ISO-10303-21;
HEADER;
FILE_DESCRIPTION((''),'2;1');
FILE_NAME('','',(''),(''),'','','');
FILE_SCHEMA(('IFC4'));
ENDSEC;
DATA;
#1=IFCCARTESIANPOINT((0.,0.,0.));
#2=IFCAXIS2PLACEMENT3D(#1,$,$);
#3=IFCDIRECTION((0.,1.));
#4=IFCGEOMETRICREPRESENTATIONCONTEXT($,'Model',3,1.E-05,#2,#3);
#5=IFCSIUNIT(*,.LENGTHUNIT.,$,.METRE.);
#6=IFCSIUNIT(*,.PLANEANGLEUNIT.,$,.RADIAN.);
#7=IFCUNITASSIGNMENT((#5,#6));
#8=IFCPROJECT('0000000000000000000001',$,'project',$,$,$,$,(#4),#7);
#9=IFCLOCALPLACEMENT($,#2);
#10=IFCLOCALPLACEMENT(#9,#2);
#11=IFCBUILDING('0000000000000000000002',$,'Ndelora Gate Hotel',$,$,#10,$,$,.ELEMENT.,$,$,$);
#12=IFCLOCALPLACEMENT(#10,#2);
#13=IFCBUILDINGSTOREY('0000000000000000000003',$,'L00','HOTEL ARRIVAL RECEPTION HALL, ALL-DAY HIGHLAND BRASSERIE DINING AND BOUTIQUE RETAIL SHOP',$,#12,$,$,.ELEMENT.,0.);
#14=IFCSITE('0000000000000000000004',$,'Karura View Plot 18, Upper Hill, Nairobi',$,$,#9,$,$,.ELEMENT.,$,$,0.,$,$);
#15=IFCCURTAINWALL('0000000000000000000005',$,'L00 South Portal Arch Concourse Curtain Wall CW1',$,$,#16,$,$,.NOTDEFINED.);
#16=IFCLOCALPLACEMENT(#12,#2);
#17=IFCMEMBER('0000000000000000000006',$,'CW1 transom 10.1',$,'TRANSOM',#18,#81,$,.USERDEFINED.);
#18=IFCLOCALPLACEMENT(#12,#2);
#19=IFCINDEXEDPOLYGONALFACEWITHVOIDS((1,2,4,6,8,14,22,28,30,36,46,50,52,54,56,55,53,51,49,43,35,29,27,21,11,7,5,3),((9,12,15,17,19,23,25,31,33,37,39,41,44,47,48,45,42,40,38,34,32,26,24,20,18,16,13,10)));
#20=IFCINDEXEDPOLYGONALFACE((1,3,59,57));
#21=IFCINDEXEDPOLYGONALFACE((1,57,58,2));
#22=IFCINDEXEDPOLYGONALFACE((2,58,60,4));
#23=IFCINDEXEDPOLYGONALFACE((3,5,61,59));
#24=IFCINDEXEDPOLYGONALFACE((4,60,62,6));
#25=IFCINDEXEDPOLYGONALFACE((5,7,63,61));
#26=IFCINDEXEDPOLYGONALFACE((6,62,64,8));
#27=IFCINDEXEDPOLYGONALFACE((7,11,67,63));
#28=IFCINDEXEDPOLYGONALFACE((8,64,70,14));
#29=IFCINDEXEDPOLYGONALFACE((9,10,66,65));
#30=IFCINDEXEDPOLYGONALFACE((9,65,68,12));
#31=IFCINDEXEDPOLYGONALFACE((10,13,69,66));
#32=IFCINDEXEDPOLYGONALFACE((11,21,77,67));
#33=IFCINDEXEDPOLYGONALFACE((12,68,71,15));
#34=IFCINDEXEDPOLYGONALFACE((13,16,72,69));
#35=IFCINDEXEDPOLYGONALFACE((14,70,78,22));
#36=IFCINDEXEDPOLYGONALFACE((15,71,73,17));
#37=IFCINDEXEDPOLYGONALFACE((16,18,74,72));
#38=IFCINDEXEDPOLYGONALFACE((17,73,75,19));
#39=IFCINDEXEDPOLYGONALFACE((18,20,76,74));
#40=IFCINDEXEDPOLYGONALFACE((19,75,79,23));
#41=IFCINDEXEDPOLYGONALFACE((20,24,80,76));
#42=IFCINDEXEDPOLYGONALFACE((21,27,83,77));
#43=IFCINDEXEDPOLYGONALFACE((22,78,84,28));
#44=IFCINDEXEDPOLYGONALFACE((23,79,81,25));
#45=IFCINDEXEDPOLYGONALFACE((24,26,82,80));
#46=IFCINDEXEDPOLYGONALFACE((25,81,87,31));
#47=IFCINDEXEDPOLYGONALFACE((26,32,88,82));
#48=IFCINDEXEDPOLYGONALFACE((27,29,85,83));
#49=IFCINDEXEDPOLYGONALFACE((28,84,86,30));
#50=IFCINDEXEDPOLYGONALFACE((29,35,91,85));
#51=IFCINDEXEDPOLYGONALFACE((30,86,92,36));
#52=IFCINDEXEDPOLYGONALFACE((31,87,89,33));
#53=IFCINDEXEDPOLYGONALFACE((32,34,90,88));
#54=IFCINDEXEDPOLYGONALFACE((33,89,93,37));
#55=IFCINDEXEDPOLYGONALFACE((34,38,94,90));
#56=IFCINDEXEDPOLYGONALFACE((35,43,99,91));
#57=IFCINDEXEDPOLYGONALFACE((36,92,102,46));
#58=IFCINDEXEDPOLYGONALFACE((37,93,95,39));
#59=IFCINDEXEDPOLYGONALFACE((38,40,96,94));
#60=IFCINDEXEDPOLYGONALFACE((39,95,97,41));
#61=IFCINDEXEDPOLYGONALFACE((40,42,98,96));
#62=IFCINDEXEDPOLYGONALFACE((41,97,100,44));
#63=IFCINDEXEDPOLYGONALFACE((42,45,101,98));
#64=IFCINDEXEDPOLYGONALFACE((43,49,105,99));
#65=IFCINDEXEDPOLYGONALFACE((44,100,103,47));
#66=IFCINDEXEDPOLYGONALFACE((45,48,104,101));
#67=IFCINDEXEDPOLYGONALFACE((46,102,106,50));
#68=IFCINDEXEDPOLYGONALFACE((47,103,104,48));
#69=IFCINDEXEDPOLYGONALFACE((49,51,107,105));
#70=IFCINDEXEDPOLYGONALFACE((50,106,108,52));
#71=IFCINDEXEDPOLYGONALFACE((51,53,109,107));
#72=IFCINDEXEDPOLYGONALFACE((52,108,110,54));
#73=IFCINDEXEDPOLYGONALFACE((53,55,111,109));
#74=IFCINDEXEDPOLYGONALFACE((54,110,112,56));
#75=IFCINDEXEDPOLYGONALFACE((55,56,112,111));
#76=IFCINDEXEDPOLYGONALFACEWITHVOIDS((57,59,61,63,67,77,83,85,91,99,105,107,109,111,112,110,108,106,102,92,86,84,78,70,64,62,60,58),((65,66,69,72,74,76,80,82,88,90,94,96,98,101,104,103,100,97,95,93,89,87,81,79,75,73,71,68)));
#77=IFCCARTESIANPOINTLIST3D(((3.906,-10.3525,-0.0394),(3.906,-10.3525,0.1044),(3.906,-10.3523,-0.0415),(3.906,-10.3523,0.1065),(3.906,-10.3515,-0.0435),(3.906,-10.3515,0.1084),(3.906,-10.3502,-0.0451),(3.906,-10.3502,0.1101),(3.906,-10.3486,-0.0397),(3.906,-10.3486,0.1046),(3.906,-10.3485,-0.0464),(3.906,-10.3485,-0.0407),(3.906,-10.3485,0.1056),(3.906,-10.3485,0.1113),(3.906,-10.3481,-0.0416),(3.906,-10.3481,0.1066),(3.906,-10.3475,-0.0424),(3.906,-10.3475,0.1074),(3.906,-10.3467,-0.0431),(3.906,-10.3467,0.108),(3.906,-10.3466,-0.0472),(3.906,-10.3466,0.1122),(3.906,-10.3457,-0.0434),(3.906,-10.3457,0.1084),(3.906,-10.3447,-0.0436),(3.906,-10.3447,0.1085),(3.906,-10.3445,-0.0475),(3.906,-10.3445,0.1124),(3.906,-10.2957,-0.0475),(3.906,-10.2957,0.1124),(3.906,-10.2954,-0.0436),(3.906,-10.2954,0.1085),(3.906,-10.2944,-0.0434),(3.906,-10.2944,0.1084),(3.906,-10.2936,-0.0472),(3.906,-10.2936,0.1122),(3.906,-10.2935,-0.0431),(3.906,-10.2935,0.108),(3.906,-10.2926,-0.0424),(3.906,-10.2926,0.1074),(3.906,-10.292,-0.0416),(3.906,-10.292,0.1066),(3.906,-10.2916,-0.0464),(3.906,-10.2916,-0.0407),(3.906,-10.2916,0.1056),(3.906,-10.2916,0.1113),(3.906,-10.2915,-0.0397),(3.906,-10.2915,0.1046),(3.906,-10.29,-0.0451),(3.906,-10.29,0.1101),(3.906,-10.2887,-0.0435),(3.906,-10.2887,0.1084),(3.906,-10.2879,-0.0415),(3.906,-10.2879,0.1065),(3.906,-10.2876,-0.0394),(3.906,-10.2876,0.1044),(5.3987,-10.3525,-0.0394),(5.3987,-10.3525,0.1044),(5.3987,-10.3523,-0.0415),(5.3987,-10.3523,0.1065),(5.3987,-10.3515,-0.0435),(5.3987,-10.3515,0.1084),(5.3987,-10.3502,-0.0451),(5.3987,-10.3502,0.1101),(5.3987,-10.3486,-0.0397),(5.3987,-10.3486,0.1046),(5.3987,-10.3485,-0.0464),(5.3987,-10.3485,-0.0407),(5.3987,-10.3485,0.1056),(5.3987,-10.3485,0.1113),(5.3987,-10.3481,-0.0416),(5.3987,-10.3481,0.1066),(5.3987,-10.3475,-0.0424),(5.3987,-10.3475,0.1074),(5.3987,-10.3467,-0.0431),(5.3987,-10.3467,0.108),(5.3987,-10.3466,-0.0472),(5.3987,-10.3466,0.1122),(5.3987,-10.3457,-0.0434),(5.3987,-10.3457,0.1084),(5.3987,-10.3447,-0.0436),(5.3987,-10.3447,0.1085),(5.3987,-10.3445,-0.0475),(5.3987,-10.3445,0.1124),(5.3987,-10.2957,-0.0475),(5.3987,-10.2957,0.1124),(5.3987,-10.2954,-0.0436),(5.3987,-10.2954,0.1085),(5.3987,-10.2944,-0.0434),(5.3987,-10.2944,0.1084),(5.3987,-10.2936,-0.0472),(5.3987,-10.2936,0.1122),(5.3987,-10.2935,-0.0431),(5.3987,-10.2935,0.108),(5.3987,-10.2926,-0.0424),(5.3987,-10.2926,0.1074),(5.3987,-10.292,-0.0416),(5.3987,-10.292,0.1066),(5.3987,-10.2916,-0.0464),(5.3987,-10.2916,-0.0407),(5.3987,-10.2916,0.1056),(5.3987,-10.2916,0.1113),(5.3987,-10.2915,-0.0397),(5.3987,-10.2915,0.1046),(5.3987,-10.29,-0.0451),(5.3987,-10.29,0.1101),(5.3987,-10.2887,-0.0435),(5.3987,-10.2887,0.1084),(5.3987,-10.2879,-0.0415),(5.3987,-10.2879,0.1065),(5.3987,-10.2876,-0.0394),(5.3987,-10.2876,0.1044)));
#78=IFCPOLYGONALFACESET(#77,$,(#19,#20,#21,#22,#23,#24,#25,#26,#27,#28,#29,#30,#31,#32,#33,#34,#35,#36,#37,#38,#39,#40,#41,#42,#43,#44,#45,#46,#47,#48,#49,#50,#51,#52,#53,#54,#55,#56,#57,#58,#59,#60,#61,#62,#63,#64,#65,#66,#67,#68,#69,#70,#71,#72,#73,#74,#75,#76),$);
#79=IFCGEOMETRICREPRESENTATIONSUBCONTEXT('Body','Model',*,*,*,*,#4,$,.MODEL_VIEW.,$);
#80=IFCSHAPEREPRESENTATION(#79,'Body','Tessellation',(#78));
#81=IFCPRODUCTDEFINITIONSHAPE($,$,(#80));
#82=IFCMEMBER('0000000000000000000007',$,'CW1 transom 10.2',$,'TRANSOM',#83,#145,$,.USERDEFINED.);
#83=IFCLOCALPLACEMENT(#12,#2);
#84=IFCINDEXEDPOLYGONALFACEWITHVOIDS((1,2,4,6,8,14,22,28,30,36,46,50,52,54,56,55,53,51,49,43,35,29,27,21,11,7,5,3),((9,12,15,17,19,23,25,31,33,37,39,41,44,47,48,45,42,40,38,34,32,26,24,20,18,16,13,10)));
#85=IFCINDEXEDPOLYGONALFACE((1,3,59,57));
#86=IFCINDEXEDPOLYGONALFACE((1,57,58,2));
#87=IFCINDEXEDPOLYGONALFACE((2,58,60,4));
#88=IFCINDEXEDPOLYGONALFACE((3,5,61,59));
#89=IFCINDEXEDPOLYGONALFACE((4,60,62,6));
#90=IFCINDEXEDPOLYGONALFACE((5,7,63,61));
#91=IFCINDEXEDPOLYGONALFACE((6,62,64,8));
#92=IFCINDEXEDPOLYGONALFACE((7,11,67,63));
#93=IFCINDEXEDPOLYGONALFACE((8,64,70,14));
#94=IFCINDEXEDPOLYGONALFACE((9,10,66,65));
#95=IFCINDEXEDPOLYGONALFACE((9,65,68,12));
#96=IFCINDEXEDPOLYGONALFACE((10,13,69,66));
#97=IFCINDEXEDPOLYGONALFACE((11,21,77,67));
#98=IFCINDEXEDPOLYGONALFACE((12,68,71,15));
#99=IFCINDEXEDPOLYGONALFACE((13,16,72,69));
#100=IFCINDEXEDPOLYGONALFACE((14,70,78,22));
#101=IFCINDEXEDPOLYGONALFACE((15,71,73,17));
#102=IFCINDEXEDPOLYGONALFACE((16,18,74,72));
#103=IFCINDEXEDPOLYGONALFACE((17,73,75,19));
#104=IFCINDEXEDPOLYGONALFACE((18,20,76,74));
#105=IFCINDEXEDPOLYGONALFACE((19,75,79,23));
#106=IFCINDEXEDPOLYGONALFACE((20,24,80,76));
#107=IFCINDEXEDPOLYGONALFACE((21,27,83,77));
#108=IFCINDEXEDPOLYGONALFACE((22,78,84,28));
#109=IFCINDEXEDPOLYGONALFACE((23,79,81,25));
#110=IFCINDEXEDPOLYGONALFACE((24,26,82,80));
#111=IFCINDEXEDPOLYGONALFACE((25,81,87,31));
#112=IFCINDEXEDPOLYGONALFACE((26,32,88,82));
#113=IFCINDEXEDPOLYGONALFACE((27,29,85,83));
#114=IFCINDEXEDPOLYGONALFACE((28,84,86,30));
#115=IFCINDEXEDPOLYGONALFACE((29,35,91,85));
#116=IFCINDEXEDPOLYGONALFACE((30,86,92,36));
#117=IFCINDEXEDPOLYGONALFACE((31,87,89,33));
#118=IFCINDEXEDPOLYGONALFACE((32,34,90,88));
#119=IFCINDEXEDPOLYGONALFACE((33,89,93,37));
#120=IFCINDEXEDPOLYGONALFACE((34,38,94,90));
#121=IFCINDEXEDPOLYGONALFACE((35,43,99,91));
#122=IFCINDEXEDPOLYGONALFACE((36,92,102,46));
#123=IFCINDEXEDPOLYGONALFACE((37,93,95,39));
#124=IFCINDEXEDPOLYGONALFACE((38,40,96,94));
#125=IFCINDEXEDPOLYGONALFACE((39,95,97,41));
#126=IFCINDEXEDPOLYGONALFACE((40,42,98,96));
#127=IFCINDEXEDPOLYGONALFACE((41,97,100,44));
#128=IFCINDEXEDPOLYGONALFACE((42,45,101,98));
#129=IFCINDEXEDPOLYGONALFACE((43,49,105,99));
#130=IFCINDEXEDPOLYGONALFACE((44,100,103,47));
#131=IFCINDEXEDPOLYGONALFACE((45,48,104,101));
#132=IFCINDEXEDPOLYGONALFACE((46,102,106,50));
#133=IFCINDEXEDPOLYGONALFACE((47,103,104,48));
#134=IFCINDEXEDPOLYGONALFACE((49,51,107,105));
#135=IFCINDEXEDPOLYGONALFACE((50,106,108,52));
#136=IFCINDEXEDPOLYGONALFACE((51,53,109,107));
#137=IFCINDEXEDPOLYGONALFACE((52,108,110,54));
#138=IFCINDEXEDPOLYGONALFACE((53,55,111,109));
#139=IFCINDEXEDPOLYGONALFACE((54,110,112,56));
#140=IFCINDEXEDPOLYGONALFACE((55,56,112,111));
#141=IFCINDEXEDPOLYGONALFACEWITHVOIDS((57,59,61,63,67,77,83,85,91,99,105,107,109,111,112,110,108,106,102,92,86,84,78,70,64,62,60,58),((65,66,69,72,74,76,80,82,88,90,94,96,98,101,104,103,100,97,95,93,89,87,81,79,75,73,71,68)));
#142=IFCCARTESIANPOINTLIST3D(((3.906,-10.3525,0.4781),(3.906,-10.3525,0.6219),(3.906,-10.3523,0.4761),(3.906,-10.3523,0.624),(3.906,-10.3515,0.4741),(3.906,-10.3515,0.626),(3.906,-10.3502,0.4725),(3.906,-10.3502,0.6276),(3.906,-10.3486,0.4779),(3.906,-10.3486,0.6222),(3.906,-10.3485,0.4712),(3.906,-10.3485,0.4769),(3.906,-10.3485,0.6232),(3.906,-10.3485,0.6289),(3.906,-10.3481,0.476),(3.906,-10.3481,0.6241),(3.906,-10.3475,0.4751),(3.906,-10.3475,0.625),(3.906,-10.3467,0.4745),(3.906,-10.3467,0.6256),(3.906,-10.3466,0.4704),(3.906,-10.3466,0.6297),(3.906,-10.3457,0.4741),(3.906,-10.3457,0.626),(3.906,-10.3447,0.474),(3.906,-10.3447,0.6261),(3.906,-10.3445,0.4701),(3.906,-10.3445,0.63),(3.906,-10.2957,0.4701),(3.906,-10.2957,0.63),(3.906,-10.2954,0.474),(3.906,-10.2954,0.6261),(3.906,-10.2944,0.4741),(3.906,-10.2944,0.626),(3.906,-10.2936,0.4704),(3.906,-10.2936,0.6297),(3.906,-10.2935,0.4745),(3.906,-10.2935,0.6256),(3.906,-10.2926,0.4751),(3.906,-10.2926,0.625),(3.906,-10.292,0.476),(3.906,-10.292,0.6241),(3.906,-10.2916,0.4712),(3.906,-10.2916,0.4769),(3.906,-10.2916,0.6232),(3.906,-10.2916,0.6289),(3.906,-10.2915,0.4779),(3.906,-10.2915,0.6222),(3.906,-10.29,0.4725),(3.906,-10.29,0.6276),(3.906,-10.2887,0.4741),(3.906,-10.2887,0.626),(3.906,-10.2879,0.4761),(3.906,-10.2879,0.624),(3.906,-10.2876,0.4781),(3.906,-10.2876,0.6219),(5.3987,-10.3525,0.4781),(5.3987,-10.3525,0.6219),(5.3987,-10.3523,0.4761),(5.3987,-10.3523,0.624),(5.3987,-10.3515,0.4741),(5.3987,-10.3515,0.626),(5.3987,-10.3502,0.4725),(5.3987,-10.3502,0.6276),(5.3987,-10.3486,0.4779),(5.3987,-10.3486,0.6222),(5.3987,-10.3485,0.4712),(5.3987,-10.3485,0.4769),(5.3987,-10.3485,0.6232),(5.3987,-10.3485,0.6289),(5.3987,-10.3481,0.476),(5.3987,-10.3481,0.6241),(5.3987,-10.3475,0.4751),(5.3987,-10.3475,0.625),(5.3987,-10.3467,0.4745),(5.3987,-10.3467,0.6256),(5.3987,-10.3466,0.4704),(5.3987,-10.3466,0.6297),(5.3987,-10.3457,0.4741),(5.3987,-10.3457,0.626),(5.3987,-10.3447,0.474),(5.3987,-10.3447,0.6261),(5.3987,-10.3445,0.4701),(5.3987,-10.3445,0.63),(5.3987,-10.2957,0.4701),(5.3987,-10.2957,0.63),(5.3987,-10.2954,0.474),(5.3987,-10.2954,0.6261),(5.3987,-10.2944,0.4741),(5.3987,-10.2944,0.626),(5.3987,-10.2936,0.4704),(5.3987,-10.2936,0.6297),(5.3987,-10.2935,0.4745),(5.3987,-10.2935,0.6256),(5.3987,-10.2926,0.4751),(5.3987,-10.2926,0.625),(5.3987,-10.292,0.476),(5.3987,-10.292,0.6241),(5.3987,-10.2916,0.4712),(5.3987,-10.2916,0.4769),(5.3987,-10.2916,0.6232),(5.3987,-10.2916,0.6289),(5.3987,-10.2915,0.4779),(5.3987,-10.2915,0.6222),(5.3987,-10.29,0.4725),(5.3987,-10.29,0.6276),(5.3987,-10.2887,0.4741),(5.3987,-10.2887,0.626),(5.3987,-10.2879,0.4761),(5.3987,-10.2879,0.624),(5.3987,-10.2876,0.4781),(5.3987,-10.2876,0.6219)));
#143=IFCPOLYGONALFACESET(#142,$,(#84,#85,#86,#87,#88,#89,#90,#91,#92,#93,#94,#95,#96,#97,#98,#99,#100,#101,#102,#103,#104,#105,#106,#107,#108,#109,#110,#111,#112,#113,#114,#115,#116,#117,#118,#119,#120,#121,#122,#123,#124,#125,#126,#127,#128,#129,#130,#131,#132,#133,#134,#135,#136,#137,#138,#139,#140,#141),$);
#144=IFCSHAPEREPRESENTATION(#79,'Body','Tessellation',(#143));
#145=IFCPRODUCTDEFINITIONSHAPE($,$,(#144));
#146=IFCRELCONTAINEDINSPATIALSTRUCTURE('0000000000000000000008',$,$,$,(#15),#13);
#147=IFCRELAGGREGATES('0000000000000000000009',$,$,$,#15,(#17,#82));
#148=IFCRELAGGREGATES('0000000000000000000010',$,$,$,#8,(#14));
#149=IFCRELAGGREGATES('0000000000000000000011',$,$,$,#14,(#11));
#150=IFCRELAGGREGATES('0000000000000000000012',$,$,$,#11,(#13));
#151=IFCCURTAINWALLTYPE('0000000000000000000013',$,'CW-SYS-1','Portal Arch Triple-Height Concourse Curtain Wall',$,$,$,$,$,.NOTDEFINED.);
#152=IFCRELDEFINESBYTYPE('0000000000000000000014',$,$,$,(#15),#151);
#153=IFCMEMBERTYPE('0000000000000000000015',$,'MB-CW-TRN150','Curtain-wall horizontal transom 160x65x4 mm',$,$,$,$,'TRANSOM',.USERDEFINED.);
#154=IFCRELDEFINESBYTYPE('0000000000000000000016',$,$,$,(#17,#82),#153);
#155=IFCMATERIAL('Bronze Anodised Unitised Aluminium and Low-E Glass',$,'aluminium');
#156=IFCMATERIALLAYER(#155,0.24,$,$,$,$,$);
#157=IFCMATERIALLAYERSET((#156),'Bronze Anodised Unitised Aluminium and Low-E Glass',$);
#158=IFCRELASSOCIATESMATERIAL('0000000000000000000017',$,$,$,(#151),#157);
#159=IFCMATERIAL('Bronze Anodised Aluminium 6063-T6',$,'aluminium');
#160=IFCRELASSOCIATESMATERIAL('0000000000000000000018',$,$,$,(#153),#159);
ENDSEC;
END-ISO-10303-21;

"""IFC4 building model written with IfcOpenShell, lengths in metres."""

from ifc_helpers import new_model, si_unit, direction, frame, origin, origin_2d, place, context, subcontext, project, spatial, hollow_rectangle, extrude, material, layer, layer_set, material_profile, profile_set, type_object, element, aggregate, save


model = new_model("IFC4")

# Units and contexts
model_context = context("Model", 3, precision=1e-05, world=origin(), true_north=direction((0.0, 1.0)))
body_context = subcontext(model_context, "Body", "Model", "MODEL_VIEW")
ifc_project = project(units=[si_unit("LENGTHUNIT", "METRE"), si_unit("PLANEANGLEUNIT", "RADIAN")], contexts=[model_context])

# Site, building, storey
site_placement = place(None, origin())
site = spatial("IfcSite", under=ifc_project, at=site_placement, Name="Karura View Plot 18, Upper Hill, Nairobi", CompositionType="ELEMENT", RefElevation=0.0)
building_placement = place(site_placement, origin())
building = spatial("IfcBuilding", under=site, at=building_placement, Name="Ndelora Gate Hotel", CompositionType="ELEMENT")
storey_placement = place(building_placement, origin())
storey = spatial("IfcBuildingStorey", under=building, at=storey_placement, Name="L00", Description="HOTEL ARRIVAL RECEPTION HALL, ALL-DAY HIGHLAND BRASSERIE DINING AND BOUTIQUE RETAIL SHOP", CompositionType="ELEMENT", Elevation=0.0)

# Curtain wall, members
ifc_material_1 = material(Name="Bronze Anodised Unitised Aluminium and Low-E Glass", Category="aluminium")
ifc_layer_1 = layer(ifc_material_1, 0.24)
ifc_layer_set_1 = layer_set([ifc_layer_1], Name="Bronze Anodised Unitised Aluminium and Low-E Glass")
curtain_wall_type = type_object("IfcCurtainWallType", Name="CW-SYS-1", Description="Portal Arch Triple-Height Concourse Curtain Wall", PredefinedType="NOTDEFINED", material=ifc_layer_set_1)
curtain_wall_placement = place(storey_placement, origin())
curtain_wall = element("IfcCurtainWall", 1, at=curtain_wall_placement, inside=storey, type_object=curtain_wall_type, Name="L00 South Portal Arch Concourse Curtain Wall CW1", PredefinedType="NOTDEFINED")
ifc_material_2 = material(Name="Bronze Anodised Aluminium 6063-T6", Category="aluminium")
ifc_material_profile_1 = material_profile(ifc_material_2, hollow_rectangle(XDim=0.0649, YDim=0.1599, WallThickness=0.0039, InnerFilletRadius=0.0039, OuterFilletRadius=0.0081, at=origin_2d()), Name="ALU 160x65x4")
ifc_profile_set_1 = profile_set([ifc_material_profile_1], Name="Bronze Anodised Aluminium 6063-T6")
member_type_1 = type_object("IfcMemberType", Name="MB-CW-TRN150", Description="Curtain-wall horizontal transom 160x65x4 mm", ElementType="TRANSOM", PredefinedType="USERDEFINED", material=ifc_profile_set_1)
member_1_placement = place(storey_placement, frame((3.906, -10.3201, 0.0325), z_axis=(1.0, 0.0, 0.0), x_axis=(0.0, 1.0, 0.0)))
member_1 = element("IfcMember", 2, at=member_1_placement, type_object=member_type_1, Name="CW1 transom 10.1", ObjectType="TRANSOM", PredefinedType="USERDEFINED", context=body_context, shape_type="SweptSolid", body=[
    extrude(hollow_rectangle(XDim=0.0649, YDim=0.1599, WallThickness=0.0039, InnerFilletRadius=0.0039, OuterFilletRadius=0.0081, at=origin_2d()), origin(), (0.0, 0.0, 1.0), 1.4927),
])
member_2_placement = place(storey_placement, frame((3.906, -10.3201, 0.55), z_axis=(1.0, 0.0, 0.0), x_axis=(0.0, 1.0, 0.0)))
member_2 = element("IfcMember", 3, at=member_2_placement, type_object=member_type_1, Name="CW1 transom 10.2", ObjectType="TRANSOM", PredefinedType="USERDEFINED", context=body_context, shape_type="SweptSolid", body=[
    extrude(hollow_rectangle(XDim=0.0649, YDim=0.1599, WallThickness=0.0039, InnerFilletRadius=0.0039, OuterFilletRadius=0.0081, at=origin_2d()), origin(), (0.0, 0.0, 1.0), 1.4927),
])
aggregate(curtain_wall, [member_1, member_2])

save(model, "model.ifc")
